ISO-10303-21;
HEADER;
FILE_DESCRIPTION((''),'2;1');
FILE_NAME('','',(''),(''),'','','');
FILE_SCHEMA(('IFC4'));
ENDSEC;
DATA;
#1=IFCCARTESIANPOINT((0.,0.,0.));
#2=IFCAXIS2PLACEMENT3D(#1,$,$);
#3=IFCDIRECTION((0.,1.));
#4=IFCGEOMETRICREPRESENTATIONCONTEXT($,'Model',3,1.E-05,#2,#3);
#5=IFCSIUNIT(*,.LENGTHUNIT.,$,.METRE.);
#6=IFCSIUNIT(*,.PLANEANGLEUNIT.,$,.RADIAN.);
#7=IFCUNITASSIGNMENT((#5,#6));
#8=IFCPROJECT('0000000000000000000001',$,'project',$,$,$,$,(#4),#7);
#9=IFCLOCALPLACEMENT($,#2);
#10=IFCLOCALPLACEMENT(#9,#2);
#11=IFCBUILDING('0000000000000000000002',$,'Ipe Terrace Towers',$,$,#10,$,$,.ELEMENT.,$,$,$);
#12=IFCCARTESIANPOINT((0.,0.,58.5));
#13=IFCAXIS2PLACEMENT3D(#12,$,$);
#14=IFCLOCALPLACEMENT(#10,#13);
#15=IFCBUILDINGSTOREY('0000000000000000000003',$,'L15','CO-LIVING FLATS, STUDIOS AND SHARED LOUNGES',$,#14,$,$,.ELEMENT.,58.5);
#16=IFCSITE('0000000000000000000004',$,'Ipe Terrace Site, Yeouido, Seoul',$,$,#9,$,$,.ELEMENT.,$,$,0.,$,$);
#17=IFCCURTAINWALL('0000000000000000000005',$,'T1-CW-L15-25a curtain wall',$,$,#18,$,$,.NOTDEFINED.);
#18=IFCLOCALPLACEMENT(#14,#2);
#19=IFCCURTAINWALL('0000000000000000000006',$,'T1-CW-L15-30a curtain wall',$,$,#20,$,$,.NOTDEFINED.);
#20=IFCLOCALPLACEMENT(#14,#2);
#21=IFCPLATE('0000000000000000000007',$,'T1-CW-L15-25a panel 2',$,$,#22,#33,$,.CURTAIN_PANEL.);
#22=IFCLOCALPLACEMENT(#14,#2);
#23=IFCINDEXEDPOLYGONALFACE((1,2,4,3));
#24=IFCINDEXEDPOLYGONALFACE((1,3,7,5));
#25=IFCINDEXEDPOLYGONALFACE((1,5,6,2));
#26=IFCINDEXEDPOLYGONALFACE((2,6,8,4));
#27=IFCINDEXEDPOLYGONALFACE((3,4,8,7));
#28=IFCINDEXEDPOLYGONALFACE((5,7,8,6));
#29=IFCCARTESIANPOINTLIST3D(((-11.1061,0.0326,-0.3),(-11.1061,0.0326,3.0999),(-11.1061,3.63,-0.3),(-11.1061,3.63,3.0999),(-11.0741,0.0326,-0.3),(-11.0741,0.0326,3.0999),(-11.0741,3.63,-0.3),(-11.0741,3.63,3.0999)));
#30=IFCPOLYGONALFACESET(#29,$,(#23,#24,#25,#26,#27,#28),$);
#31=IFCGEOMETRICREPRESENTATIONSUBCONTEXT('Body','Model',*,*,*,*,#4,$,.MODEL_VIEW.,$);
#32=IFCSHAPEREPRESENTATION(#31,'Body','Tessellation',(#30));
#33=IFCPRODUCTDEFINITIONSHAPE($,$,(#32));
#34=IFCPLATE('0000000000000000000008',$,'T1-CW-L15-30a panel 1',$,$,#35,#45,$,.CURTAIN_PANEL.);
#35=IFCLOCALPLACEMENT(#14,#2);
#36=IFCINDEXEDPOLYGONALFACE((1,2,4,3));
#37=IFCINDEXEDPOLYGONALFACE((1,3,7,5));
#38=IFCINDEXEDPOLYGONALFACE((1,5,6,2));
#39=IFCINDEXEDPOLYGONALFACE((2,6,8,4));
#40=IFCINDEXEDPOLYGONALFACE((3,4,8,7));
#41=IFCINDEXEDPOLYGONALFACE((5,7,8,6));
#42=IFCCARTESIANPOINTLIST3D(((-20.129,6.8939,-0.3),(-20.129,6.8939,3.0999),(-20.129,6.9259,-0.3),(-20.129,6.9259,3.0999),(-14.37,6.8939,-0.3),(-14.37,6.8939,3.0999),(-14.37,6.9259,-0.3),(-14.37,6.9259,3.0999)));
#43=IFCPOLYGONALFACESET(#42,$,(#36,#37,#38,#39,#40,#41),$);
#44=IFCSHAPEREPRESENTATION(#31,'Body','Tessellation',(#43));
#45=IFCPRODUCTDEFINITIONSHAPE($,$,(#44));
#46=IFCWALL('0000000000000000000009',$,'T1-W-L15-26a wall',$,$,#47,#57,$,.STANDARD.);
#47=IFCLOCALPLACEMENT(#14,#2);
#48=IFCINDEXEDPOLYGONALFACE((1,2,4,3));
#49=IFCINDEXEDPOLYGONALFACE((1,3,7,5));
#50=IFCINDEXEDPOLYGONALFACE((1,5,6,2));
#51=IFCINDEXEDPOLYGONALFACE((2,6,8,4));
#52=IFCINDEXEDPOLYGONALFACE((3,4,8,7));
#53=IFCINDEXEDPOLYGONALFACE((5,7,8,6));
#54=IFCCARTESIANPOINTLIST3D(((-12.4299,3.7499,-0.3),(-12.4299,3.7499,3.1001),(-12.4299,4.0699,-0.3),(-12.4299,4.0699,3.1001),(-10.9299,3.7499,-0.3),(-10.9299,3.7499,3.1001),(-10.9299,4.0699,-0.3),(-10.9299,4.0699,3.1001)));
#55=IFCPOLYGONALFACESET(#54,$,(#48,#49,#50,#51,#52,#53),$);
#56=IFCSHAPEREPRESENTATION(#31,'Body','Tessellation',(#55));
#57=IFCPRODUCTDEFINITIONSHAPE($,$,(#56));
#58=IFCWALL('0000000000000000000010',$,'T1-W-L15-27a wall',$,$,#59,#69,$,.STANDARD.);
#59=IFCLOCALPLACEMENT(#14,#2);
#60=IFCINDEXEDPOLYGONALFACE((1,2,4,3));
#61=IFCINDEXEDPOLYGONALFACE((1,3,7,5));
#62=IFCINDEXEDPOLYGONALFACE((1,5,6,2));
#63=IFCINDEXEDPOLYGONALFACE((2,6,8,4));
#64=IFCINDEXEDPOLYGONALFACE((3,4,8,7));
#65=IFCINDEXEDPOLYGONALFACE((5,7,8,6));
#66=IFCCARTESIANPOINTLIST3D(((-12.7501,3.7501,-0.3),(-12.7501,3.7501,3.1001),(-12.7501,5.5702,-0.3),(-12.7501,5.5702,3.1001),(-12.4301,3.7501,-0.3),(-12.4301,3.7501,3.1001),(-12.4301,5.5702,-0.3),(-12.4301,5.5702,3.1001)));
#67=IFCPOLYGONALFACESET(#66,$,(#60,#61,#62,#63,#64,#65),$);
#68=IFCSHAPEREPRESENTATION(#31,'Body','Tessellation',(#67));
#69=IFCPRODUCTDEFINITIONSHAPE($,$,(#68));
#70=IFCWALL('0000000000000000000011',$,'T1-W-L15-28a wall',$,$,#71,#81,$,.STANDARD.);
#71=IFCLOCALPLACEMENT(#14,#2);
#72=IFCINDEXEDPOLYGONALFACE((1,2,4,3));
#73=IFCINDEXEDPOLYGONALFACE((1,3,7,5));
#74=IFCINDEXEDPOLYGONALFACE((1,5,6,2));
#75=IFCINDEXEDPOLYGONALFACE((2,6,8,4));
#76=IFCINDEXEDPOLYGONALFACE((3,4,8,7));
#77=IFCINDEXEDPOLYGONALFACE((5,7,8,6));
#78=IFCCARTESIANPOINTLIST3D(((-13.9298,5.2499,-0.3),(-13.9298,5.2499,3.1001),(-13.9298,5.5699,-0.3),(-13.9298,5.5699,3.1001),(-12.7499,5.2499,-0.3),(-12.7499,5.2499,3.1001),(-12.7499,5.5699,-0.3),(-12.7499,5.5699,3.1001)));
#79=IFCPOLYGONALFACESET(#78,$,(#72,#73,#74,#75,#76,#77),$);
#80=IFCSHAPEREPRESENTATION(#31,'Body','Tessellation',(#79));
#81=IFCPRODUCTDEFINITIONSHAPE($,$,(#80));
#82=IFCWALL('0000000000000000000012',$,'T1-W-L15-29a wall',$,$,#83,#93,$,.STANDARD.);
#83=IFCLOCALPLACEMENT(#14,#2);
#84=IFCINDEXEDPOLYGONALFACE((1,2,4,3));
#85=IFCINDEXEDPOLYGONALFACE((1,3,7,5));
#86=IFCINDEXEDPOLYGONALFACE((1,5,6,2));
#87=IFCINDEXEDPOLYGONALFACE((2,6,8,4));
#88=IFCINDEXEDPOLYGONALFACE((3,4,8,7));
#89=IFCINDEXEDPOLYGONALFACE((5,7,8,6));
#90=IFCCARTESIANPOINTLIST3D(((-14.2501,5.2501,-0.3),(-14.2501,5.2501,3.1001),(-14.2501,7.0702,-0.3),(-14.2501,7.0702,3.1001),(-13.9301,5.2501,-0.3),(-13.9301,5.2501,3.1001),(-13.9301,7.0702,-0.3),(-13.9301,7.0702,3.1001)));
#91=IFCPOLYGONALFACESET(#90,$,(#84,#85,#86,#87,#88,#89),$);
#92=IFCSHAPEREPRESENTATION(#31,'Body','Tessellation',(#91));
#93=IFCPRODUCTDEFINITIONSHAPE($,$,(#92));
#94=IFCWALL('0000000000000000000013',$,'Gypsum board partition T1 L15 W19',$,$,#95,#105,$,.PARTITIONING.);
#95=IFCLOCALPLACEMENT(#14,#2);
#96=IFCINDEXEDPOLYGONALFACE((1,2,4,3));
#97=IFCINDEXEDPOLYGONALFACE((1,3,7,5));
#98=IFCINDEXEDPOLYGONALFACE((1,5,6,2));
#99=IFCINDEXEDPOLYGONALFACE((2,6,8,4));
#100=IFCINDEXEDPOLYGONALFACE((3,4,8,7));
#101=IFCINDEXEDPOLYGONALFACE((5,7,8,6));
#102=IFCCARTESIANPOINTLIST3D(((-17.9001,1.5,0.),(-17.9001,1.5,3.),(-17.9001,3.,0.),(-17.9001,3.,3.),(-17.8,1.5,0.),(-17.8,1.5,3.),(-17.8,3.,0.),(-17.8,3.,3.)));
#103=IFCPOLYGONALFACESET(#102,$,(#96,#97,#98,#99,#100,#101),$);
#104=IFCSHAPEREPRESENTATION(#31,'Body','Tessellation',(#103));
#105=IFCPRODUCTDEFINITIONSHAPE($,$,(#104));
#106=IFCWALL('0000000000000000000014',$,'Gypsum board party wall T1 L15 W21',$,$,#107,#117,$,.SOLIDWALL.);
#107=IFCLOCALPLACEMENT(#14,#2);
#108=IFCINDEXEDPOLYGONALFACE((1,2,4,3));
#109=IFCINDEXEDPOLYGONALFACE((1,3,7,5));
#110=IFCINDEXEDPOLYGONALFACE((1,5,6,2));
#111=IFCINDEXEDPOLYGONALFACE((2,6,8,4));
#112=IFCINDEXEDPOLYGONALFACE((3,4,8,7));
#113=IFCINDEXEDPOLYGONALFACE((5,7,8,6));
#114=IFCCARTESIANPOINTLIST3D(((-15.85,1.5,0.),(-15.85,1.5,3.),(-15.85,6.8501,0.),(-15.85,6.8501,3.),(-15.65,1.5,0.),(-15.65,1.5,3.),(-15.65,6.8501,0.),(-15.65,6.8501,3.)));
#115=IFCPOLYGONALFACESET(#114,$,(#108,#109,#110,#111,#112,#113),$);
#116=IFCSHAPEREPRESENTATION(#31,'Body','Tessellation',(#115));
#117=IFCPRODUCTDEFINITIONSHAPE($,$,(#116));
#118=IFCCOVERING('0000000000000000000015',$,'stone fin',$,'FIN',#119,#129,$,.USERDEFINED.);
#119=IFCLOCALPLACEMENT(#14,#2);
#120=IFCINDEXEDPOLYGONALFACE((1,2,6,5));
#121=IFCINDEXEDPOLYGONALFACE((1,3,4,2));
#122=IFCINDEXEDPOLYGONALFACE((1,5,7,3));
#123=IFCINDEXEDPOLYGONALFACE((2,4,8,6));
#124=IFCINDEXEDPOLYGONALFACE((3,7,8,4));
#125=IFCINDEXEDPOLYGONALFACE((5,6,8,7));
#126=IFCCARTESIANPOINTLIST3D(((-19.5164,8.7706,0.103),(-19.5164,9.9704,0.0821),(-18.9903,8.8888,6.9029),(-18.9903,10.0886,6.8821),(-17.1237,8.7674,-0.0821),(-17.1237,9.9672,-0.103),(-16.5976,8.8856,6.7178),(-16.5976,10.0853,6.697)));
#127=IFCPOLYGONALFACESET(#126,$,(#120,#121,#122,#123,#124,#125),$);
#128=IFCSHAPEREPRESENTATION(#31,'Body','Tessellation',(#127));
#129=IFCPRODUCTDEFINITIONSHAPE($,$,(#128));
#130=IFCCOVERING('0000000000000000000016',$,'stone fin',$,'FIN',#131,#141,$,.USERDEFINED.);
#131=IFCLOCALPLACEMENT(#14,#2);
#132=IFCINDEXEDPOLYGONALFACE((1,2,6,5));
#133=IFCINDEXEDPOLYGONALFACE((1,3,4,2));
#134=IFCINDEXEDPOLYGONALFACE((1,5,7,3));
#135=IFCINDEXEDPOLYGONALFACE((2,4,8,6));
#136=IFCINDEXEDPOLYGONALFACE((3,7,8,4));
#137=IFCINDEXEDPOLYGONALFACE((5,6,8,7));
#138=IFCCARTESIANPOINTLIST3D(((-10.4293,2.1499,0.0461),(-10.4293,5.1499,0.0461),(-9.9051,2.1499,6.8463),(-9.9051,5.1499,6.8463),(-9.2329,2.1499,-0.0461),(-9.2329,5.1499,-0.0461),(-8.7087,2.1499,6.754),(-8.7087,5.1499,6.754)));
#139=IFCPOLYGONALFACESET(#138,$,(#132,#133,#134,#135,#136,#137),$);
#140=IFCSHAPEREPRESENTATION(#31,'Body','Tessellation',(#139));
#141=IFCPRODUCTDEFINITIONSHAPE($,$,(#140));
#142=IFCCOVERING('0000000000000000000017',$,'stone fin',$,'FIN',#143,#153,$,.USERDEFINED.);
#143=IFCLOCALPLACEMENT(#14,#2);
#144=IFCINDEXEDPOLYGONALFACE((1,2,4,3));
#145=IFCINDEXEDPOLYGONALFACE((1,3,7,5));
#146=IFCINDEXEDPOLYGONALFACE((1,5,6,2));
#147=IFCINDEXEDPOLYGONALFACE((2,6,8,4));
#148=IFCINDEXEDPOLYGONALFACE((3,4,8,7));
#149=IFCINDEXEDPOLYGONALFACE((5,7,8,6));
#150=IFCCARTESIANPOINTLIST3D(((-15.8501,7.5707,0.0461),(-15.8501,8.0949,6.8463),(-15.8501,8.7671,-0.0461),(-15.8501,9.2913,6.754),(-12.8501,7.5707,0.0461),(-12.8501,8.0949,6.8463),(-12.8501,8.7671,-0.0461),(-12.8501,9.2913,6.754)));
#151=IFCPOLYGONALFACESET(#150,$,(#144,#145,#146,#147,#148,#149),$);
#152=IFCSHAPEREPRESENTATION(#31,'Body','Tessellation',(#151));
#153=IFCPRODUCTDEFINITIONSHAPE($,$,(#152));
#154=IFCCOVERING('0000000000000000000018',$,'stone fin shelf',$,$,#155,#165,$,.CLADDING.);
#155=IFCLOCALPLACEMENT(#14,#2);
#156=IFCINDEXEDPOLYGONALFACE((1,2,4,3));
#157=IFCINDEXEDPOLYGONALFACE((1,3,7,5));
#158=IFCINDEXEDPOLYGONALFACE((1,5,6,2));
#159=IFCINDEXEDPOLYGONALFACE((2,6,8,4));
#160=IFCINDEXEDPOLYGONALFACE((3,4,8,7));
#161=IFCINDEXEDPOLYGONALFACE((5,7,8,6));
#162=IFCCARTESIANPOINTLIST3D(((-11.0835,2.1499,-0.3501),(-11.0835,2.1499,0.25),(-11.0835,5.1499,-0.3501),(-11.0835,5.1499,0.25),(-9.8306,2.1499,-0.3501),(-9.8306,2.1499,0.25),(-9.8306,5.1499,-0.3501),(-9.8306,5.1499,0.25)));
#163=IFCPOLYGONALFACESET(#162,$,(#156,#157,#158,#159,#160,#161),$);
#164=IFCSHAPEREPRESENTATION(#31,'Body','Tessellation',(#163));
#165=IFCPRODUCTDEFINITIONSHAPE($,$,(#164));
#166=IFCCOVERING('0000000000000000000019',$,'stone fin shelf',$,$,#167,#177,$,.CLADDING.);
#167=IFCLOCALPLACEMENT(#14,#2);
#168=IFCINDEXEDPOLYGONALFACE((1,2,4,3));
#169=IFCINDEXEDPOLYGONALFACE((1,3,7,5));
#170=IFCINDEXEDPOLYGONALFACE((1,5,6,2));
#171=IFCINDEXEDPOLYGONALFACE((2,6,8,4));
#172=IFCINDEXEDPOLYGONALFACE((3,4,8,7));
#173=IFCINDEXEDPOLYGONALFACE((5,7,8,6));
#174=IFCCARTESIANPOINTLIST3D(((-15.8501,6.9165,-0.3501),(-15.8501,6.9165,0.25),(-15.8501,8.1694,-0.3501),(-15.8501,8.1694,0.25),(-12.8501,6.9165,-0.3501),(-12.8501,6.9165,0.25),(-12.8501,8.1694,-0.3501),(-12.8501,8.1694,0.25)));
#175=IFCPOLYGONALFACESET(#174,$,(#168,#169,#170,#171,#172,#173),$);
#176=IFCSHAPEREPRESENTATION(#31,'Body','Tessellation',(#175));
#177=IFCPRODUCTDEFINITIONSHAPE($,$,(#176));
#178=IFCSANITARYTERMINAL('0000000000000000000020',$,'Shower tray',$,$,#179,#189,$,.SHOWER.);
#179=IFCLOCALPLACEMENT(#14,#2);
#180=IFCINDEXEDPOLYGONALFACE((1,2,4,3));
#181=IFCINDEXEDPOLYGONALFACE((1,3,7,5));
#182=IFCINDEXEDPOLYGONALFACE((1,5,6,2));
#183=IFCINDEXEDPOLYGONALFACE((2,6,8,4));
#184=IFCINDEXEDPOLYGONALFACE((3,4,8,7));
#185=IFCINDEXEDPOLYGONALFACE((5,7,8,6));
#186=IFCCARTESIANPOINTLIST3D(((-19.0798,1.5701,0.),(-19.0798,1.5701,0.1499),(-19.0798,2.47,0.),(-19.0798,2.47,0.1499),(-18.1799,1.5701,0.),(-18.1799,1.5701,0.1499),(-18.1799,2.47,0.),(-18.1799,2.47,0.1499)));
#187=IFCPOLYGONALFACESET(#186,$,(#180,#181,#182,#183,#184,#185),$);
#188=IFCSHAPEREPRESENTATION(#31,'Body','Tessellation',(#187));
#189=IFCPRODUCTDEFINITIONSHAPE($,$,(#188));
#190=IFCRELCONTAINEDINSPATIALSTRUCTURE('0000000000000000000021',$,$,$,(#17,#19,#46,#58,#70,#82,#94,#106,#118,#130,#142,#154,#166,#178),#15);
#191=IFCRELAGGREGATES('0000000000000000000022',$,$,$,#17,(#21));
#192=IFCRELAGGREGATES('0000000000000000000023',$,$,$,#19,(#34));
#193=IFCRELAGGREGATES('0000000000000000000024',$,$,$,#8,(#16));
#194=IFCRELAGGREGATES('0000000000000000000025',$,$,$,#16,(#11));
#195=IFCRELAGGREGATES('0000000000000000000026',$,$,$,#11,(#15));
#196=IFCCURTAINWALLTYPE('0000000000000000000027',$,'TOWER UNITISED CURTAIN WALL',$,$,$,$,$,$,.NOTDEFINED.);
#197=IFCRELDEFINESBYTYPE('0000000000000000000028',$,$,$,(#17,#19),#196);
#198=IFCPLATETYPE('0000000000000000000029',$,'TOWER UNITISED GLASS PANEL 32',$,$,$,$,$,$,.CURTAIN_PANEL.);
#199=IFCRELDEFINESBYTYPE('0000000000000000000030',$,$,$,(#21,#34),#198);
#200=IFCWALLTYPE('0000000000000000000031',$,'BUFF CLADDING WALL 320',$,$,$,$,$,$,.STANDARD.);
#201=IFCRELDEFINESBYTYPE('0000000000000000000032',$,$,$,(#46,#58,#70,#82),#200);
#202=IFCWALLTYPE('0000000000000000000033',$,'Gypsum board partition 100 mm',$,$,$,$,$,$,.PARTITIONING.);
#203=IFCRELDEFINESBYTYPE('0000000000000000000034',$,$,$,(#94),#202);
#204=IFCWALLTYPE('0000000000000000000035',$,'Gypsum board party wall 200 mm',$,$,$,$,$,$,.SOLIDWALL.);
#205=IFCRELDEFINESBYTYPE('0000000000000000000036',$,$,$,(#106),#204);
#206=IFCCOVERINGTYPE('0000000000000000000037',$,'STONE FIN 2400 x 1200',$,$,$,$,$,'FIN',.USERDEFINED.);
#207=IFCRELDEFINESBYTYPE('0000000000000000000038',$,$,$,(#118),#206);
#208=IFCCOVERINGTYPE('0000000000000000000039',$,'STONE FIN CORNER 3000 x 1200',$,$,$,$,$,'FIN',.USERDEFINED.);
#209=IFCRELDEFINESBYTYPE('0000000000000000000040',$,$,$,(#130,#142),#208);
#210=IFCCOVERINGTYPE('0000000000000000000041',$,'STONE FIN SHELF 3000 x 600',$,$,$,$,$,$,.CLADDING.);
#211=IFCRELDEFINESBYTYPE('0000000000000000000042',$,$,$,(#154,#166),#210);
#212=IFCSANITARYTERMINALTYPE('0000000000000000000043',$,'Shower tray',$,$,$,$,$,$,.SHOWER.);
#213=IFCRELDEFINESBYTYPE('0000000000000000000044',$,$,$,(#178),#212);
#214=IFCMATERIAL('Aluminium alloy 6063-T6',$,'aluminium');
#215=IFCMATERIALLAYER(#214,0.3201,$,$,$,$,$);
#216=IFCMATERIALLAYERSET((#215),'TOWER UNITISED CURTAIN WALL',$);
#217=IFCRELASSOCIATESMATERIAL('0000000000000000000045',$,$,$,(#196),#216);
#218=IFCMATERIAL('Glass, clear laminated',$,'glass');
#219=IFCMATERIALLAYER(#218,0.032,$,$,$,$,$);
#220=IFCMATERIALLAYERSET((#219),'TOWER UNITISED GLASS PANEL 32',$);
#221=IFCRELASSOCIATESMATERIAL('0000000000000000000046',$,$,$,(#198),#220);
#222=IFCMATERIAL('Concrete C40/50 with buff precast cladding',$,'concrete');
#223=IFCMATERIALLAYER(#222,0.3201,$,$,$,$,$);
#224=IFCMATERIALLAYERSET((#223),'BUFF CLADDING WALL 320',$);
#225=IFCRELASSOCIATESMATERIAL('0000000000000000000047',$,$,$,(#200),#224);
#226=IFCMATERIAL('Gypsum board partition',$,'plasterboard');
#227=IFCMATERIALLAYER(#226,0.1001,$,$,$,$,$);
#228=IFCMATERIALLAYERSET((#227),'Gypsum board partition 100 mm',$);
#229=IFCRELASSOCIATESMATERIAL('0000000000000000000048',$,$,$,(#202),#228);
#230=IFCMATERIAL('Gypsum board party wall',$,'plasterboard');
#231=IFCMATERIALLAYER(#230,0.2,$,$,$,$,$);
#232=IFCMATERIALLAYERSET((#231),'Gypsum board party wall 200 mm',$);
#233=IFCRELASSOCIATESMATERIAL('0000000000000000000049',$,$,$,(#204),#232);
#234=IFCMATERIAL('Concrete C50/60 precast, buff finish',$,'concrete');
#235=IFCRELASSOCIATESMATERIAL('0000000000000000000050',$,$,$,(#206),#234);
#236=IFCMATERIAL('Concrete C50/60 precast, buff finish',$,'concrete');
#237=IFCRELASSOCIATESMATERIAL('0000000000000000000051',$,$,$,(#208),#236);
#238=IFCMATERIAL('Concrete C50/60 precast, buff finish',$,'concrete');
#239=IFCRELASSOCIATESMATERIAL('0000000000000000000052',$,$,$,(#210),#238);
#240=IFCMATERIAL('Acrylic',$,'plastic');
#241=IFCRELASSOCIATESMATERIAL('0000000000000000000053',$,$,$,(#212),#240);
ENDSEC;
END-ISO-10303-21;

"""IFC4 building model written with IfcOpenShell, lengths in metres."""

from ifc_helpers import new_model, si_unit, direction, frame, frame_2d, origin, origin_2d, place, context, subcontext, project, spatial, rectangle, extrude, material, layer, layer_set, material_profile, profile_set, type_object, element, aggregate, save


model = new_model("IFC4")

# Units and contexts
model_context = context("Model", 3, precision=1e-05, world=origin(), true_north=direction((0.0, 1.0)))
body_context = subcontext(model_context, "Body", "Model", "MODEL_VIEW")
ifc_project = project(units=[si_unit("LENGTHUNIT", "METRE"), si_unit("PLANEANGLEUNIT", "RADIAN")], contexts=[model_context])

# Site, building, storey
site_placement = place(None, origin())
site = spatial("IfcSite", under=ifc_project, at=site_placement, Name="Ipe Terrace Site, Yeouido, Seoul", CompositionType="ELEMENT", RefElevation=0.0)
building_placement = place(site_placement, origin())
building = spatial("IfcBuilding", under=site, at=building_placement, Name="Ipe Terrace Towers", CompositionType="ELEMENT")
storey_placement = place(building_placement, frame((0.0, 0.0, 58.5)))
storey = spatial("IfcBuildingStorey", under=building, at=storey_placement, Name="L15", Description="CO-LIVING FLATS, STUDIOS AND SHARED LOUNGES", CompositionType="ELEMENT", Elevation=58.5)

# Curtain walls
ifc_material_1 = material(Name="Aluminium alloy 6063-T6", Category="aluminium")
ifc_layer_1 = layer(ifc_material_1, 0.3201)
ifc_layer_set_1 = layer_set([ifc_layer_1], Name="TOWER UNITISED CURTAIN WALL")
curtain_wall_type = type_object("IfcCurtainWallType", Name="TOWER UNITISED CURTAIN WALL", PredefinedType="NOTDEFINED", material=ifc_layer_set_1)
curtain_wall_1_placement = place(storey_placement, origin())
curtain_wall_1 = element("IfcCurtainWall", 1, at=curtain_wall_1_placement, inside=storey, type_object=curtain_wall_type, Name="T1-CW-L15-25a curtain wall", PredefinedType="NOTDEFINED")
curtain_wall_2_placement = place(storey_placement, origin())
curtain_wall_2 = element("IfcCurtainWall", 2, at=curtain_wall_2_placement, inside=storey, type_object=curtain_wall_type, Name="T1-CW-L15-30a curtain wall", PredefinedType="NOTDEFINED")

# Plates
ifc_material_2 = material(Name="Glass, clear laminated", Category="glass")
ifc_layer_2 = layer(ifc_material_2, 0.032)
ifc_layer_set_2 = layer_set([ifc_layer_2], Name="TOWER UNITISED GLASS PANEL 32")
plate_type = type_object("IfcPlateType", Name="TOWER UNITISED GLASS PANEL 32", PredefinedType="CURTAIN_PANEL", material=ifc_layer_set_2)
plate_1_placement = place(storey_placement, frame((-11.0901, 1.8313, -0.3), z_axis=(0.0, 0.0, 1.0), x_axis=(0.0, 1.0, 0.0)))
plate_1 = element("IfcPlate", 3, at=plate_1_placement, type_object=plate_type, Name="T1-CW-L15-25a panel 2", PredefinedType="CURTAIN_PANEL", context=body_context, shape_type="SweptSolid", body=[
    extrude(rectangle(XDim=3.5974, YDim=0.032, at=origin_2d()), origin(), (0.0, 0.0, 1.0), 3.3999),
])
aggregate(curtain_wall_1, [plate_1])
plate_2_placement = place(storey_placement, frame((-17.2495, 6.9099, -0.3), z_axis=(0.0, 0.0, 1.0), x_axis=(-1.0, 0.0, 0.0)))
plate_2 = element("IfcPlate", 4, at=plate_2_placement, type_object=plate_type, Name="T1-CW-L15-30a panel 1", PredefinedType="CURTAIN_PANEL", context=body_context, shape_type="SweptSolid", body=[
    extrude(rectangle(XDim=5.759, YDim=0.032, at=origin_2d()), origin(), (0.0, 0.0, 1.0), 3.3999),
])
aggregate(curtain_wall_2, [plate_2])

# Walls
ifc_material_3 = material(Name="Concrete C40/50 with buff precast cladding", Category="concrete")
ifc_layer_3 = layer(ifc_material_3, 0.3201)
ifc_layer_set_3 = layer_set([ifc_layer_3], Name="BUFF CLADDING WALL 320")
wall_type_1 = type_object("IfcWallType", Name="BUFF CLADDING WALL 320", PredefinedType="STANDARD", material=ifc_layer_set_3)
wall_1_placement = place(storey_placement, frame((-10.9299, 3.9099, -0.3), z_axis=(0.0, 0.0, 1.0), x_axis=(-1.0, 0.0, 0.0)))
element("IfcWall", 5, at=wall_1_placement, inside=storey, type_object=wall_type_1, Name="T1-W-L15-26a wall", PredefinedType="STANDARD", context=body_context, shape_type="SweptSolid", body=[
    extrude(rectangle(XDim=1.5, YDim=0.3201, at=frame_2d((0.75, 0.0))), origin(), (0.0, 0.0, 1.0), 3.4001),
])
wall_2_placement = place(storey_placement, frame((-12.5901, 3.75, -0.3), z_axis=(0.0, 0.0, 1.0), x_axis=(0.0, 1.0, 0.0)))
element("IfcWall", 6, at=wall_2_placement, inside=storey, type_object=wall_type_1, Name="T1-W-L15-27a wall", PredefinedType="STANDARD", context=body_context, shape_type="SweptSolid", body=[
    extrude(rectangle(XDim=1.8201, YDim=0.3201, at=frame_2d((0.9102, 0.0))), origin(), (0.0, 0.0, 1.0), 3.4001),
])
wall_3_placement = place(storey_placement, frame((-12.75, 5.4099, -0.3), z_axis=(0.0, 0.0, 1.0), x_axis=(-1.0, 0.0, 0.0)))
element("IfcWall", 7, at=wall_3_placement, inside=storey, type_object=wall_type_1, Name="T1-W-L15-28a wall", PredefinedType="STANDARD", context=body_context, shape_type="SweptSolid", body=[
    extrude(rectangle(XDim=1.1799, YDim=0.3201, at=frame_2d((0.5898, 0.0))), origin(), (0.0, 0.0, 1.0), 3.4001),
])
wall_4_placement = place(storey_placement, frame((-14.0901, 5.25, -0.3), z_axis=(0.0, 0.0, 1.0), x_axis=(0.0, 1.0, 0.0)))
element("IfcWall", 8, at=wall_4_placement, inside=storey, type_object=wall_type_1, Name="T1-W-L15-29a wall", PredefinedType="STANDARD", context=body_context, shape_type="SweptSolid", body=[
    extrude(rectangle(XDim=1.8201, YDim=0.3201, at=frame_2d((0.9102, 0.0))), origin(), (0.0, 0.0, 1.0), 3.4001),
])
ifc_material_4 = material(Name="Gypsum board partition", Category="plasterboard")
ifc_layer_4 = layer(ifc_material_4, 0.1001)
ifc_layer_set_4 = layer_set([ifc_layer_4], Name="Gypsum board partition 100 mm")
wall_type_2 = type_object("IfcWallType", Name="Gypsum board partition 100 mm", PredefinedType="PARTITIONING", material=ifc_layer_set_4)
wall_5_placement = place(storey_placement, frame((-17.8501, 1.5, 0.0), z_axis=(0.0, 0.0, 1.0), x_axis=(0.0, 1.0, 0.0)))
element("IfcWall", 9, at=wall_5_placement, inside=storey, type_object=wall_type_2, Name="Gypsum board partition T1 L15 W19", PredefinedType="PARTITIONING", context=body_context, shape_type="SweptSolid", body=[
    extrude(rectangle(XDim=1.5, YDim=0.1001, at=frame_2d((0.75, 0.0))), origin(), (0.0, 0.0, 1.0), 3.0),
])
ifc_material_5 = material(Name="Gypsum board party wall", Category="plasterboard")
ifc_layer_5 = layer(ifc_material_5, 0.2)
ifc_layer_set_5 = layer_set([ifc_layer_5], Name="Gypsum board party wall 200 mm")
wall_type_3 = type_object("IfcWallType", Name="Gypsum board party wall 200 mm", PredefinedType="SOLIDWALL", material=ifc_layer_set_5)
wall_6_placement = place(storey_placement, frame((-15.75, 1.5, 0.0), z_axis=(0.0, 0.0, 1.0), x_axis=(0.0, 1.0, 0.0)))
element("IfcWall", 10, at=wall_6_placement, inside=storey, type_object=wall_type_3, Name="Gypsum board party wall T1 L15 W21", PredefinedType="SOLIDWALL", context=body_context, shape_type="SweptSolid", body=[
    extrude(rectangle(XDim=5.3501, YDim=0.2, at=frame_2d((2.675, 0.0))), origin(), (0.0, 0.0, 1.0), 3.0),
])

# Coverings
ifc_material_6 = material(Name="Concrete C50/60 precast, buff finish", Category="concrete")
ifc_material_profile_1 = material_profile(ifc_material_6, rectangle(XDim=2.3999, YDim=1.2, at=origin_2d()), Name="STONE FIN 2400 x 1200")
ifc_profile_set_1 = profile_set([ifc_material_profile_1], Name="Concrete C50/60 precast, buff finish")
covering_type_1 = type_object("IfcCoveringType", Name="STONE FIN 2400 x 1200", ElementType="FIN", PredefinedType="USERDEFINED", material=ifc_profile_set_1)
covering_placement = place(storey_placement, frame((-18.3201, 9.3689, 0.0), z_axis=(0.077128, 0.017323, 0.996871), x_axis=(-0.997021, 0.00134, 0.077117)))
element("IfcCovering", 11, at=covering_placement, inside=storey, type_object=covering_type_1, Name="stone fin", ObjectType="FIN", PredefinedType="USERDEFINED", context=body_context, shape_type="SweptSolid", body=[
    extrude(rectangle(XDim=2.3999, YDim=1.2, at=origin_2d()), origin(), (0.0, 0.0, 1.0), 6.8213),
])
ifc_material_7 = material(Name="Concrete C50/60 precast, buff finish", Category="concrete")
ifc_material_profile_2 = material_profile(ifc_material_7, rectangle(XDim=3.0, YDim=1.2, at=origin_2d()), Name="STONE FIN CORNER 3000 x 1200")
ifc_profile_set_2 = profile_set([ifc_material_profile_2], Name="Concrete C50/60 precast, buff finish")
covering_type_2 = type_object("IfcCoveringType", Name="STONE FIN CORNER 3000 x 1200", ElementType="FIN", PredefinedType="USERDEFINED", material=ifc_profile_set_2)
for number, where, z_axis, x_axis, name in (
    (12, (-9.8311, 3.6499, 0.0), (0.076855, 0.0, 0.997042), (0.0, 1.0, 0.0), "stone fin"),
    (13, (-14.3501, 8.1689, 0.0), (0.0, 0.076855, 0.997042), (-1.0, 0.0, 0.0), "stone fin"),
):
    element("IfcCovering", number, at=place(storey_placement, frame(where, z_axis=z_axis, x_axis=x_axis)), inside=storey, type_object=covering_type_2, Name=name, ObjectType="FIN", PredefinedType="USERDEFINED", context=body_context, shape_type="SweptSolid", body=[
        extrude(rectangle(XDim=3.0, YDim=1.2, at=origin_2d()), origin(), (0.0, 0.0, 1.0), 6.8203),
    ])
ifc_material_8 = material(Name="Concrete C50/60 precast, buff finish", Category="concrete")
covering_type_3 = type_object("IfcCoveringType", Name="STONE FIN SHELF 3000 x 600", PredefinedType="CLADDING", material=ifc_material_8)
for number, where, z_axis, x_axis, name in (
    (14, (-10.457, 3.6499, -0.3501), (0.0, 0.0, 1.0), (0.0, 1.0, 0.0), "stone fin shelf"),
    (15, (-14.3501, 7.543, -0.3501), (0.0, 0.0, 1.0), (-1.0, 0.0, 0.0), "stone fin shelf"),
):
    element("IfcCovering", number, at=place(storey_placement, frame(where, z_axis=z_axis, x_axis=x_axis)), inside=storey, type_object=covering_type_3, Name=name, PredefinedType="CLADDING", context=body_context, shape_type="SweptSolid", body=[
        extrude(rectangle(XDim=3.0, YDim=1.2529, at=origin_2d()), origin(), (0.0, 0.0, 1.0), 0.6001),
    ])

# Sanitary terminal
ifc_material_9 = material(Name="Acrylic", Category="plastic")
sanitary_terminal_type_1 = type_object("IfcSanitaryTerminalType", Name="Shower tray", PredefinedType="SHOWER", material=ifc_material_9)
sanitary_terminal_1_placement = place(storey_placement, frame((-18.6299, 2.02, 0.0), z_axis=(0.0, 0.0, 1.0), x_axis=(0.0, 1.0, 0.0)))
element("IfcSanitaryTerminal", 16, at=sanitary_terminal_1_placement, inside=storey, type_object=sanitary_terminal_type_1, Name="Shower tray", PredefinedType="SHOWER", context=body_context, shape_type="SweptSolid", body=[
    extrude(rectangle(XDim=0.8999, YDim=0.8999, at=origin_2d()), origin(), (0.0, 0.0, 1.0), 0.1499),
])

save(model, "model.ifc")
